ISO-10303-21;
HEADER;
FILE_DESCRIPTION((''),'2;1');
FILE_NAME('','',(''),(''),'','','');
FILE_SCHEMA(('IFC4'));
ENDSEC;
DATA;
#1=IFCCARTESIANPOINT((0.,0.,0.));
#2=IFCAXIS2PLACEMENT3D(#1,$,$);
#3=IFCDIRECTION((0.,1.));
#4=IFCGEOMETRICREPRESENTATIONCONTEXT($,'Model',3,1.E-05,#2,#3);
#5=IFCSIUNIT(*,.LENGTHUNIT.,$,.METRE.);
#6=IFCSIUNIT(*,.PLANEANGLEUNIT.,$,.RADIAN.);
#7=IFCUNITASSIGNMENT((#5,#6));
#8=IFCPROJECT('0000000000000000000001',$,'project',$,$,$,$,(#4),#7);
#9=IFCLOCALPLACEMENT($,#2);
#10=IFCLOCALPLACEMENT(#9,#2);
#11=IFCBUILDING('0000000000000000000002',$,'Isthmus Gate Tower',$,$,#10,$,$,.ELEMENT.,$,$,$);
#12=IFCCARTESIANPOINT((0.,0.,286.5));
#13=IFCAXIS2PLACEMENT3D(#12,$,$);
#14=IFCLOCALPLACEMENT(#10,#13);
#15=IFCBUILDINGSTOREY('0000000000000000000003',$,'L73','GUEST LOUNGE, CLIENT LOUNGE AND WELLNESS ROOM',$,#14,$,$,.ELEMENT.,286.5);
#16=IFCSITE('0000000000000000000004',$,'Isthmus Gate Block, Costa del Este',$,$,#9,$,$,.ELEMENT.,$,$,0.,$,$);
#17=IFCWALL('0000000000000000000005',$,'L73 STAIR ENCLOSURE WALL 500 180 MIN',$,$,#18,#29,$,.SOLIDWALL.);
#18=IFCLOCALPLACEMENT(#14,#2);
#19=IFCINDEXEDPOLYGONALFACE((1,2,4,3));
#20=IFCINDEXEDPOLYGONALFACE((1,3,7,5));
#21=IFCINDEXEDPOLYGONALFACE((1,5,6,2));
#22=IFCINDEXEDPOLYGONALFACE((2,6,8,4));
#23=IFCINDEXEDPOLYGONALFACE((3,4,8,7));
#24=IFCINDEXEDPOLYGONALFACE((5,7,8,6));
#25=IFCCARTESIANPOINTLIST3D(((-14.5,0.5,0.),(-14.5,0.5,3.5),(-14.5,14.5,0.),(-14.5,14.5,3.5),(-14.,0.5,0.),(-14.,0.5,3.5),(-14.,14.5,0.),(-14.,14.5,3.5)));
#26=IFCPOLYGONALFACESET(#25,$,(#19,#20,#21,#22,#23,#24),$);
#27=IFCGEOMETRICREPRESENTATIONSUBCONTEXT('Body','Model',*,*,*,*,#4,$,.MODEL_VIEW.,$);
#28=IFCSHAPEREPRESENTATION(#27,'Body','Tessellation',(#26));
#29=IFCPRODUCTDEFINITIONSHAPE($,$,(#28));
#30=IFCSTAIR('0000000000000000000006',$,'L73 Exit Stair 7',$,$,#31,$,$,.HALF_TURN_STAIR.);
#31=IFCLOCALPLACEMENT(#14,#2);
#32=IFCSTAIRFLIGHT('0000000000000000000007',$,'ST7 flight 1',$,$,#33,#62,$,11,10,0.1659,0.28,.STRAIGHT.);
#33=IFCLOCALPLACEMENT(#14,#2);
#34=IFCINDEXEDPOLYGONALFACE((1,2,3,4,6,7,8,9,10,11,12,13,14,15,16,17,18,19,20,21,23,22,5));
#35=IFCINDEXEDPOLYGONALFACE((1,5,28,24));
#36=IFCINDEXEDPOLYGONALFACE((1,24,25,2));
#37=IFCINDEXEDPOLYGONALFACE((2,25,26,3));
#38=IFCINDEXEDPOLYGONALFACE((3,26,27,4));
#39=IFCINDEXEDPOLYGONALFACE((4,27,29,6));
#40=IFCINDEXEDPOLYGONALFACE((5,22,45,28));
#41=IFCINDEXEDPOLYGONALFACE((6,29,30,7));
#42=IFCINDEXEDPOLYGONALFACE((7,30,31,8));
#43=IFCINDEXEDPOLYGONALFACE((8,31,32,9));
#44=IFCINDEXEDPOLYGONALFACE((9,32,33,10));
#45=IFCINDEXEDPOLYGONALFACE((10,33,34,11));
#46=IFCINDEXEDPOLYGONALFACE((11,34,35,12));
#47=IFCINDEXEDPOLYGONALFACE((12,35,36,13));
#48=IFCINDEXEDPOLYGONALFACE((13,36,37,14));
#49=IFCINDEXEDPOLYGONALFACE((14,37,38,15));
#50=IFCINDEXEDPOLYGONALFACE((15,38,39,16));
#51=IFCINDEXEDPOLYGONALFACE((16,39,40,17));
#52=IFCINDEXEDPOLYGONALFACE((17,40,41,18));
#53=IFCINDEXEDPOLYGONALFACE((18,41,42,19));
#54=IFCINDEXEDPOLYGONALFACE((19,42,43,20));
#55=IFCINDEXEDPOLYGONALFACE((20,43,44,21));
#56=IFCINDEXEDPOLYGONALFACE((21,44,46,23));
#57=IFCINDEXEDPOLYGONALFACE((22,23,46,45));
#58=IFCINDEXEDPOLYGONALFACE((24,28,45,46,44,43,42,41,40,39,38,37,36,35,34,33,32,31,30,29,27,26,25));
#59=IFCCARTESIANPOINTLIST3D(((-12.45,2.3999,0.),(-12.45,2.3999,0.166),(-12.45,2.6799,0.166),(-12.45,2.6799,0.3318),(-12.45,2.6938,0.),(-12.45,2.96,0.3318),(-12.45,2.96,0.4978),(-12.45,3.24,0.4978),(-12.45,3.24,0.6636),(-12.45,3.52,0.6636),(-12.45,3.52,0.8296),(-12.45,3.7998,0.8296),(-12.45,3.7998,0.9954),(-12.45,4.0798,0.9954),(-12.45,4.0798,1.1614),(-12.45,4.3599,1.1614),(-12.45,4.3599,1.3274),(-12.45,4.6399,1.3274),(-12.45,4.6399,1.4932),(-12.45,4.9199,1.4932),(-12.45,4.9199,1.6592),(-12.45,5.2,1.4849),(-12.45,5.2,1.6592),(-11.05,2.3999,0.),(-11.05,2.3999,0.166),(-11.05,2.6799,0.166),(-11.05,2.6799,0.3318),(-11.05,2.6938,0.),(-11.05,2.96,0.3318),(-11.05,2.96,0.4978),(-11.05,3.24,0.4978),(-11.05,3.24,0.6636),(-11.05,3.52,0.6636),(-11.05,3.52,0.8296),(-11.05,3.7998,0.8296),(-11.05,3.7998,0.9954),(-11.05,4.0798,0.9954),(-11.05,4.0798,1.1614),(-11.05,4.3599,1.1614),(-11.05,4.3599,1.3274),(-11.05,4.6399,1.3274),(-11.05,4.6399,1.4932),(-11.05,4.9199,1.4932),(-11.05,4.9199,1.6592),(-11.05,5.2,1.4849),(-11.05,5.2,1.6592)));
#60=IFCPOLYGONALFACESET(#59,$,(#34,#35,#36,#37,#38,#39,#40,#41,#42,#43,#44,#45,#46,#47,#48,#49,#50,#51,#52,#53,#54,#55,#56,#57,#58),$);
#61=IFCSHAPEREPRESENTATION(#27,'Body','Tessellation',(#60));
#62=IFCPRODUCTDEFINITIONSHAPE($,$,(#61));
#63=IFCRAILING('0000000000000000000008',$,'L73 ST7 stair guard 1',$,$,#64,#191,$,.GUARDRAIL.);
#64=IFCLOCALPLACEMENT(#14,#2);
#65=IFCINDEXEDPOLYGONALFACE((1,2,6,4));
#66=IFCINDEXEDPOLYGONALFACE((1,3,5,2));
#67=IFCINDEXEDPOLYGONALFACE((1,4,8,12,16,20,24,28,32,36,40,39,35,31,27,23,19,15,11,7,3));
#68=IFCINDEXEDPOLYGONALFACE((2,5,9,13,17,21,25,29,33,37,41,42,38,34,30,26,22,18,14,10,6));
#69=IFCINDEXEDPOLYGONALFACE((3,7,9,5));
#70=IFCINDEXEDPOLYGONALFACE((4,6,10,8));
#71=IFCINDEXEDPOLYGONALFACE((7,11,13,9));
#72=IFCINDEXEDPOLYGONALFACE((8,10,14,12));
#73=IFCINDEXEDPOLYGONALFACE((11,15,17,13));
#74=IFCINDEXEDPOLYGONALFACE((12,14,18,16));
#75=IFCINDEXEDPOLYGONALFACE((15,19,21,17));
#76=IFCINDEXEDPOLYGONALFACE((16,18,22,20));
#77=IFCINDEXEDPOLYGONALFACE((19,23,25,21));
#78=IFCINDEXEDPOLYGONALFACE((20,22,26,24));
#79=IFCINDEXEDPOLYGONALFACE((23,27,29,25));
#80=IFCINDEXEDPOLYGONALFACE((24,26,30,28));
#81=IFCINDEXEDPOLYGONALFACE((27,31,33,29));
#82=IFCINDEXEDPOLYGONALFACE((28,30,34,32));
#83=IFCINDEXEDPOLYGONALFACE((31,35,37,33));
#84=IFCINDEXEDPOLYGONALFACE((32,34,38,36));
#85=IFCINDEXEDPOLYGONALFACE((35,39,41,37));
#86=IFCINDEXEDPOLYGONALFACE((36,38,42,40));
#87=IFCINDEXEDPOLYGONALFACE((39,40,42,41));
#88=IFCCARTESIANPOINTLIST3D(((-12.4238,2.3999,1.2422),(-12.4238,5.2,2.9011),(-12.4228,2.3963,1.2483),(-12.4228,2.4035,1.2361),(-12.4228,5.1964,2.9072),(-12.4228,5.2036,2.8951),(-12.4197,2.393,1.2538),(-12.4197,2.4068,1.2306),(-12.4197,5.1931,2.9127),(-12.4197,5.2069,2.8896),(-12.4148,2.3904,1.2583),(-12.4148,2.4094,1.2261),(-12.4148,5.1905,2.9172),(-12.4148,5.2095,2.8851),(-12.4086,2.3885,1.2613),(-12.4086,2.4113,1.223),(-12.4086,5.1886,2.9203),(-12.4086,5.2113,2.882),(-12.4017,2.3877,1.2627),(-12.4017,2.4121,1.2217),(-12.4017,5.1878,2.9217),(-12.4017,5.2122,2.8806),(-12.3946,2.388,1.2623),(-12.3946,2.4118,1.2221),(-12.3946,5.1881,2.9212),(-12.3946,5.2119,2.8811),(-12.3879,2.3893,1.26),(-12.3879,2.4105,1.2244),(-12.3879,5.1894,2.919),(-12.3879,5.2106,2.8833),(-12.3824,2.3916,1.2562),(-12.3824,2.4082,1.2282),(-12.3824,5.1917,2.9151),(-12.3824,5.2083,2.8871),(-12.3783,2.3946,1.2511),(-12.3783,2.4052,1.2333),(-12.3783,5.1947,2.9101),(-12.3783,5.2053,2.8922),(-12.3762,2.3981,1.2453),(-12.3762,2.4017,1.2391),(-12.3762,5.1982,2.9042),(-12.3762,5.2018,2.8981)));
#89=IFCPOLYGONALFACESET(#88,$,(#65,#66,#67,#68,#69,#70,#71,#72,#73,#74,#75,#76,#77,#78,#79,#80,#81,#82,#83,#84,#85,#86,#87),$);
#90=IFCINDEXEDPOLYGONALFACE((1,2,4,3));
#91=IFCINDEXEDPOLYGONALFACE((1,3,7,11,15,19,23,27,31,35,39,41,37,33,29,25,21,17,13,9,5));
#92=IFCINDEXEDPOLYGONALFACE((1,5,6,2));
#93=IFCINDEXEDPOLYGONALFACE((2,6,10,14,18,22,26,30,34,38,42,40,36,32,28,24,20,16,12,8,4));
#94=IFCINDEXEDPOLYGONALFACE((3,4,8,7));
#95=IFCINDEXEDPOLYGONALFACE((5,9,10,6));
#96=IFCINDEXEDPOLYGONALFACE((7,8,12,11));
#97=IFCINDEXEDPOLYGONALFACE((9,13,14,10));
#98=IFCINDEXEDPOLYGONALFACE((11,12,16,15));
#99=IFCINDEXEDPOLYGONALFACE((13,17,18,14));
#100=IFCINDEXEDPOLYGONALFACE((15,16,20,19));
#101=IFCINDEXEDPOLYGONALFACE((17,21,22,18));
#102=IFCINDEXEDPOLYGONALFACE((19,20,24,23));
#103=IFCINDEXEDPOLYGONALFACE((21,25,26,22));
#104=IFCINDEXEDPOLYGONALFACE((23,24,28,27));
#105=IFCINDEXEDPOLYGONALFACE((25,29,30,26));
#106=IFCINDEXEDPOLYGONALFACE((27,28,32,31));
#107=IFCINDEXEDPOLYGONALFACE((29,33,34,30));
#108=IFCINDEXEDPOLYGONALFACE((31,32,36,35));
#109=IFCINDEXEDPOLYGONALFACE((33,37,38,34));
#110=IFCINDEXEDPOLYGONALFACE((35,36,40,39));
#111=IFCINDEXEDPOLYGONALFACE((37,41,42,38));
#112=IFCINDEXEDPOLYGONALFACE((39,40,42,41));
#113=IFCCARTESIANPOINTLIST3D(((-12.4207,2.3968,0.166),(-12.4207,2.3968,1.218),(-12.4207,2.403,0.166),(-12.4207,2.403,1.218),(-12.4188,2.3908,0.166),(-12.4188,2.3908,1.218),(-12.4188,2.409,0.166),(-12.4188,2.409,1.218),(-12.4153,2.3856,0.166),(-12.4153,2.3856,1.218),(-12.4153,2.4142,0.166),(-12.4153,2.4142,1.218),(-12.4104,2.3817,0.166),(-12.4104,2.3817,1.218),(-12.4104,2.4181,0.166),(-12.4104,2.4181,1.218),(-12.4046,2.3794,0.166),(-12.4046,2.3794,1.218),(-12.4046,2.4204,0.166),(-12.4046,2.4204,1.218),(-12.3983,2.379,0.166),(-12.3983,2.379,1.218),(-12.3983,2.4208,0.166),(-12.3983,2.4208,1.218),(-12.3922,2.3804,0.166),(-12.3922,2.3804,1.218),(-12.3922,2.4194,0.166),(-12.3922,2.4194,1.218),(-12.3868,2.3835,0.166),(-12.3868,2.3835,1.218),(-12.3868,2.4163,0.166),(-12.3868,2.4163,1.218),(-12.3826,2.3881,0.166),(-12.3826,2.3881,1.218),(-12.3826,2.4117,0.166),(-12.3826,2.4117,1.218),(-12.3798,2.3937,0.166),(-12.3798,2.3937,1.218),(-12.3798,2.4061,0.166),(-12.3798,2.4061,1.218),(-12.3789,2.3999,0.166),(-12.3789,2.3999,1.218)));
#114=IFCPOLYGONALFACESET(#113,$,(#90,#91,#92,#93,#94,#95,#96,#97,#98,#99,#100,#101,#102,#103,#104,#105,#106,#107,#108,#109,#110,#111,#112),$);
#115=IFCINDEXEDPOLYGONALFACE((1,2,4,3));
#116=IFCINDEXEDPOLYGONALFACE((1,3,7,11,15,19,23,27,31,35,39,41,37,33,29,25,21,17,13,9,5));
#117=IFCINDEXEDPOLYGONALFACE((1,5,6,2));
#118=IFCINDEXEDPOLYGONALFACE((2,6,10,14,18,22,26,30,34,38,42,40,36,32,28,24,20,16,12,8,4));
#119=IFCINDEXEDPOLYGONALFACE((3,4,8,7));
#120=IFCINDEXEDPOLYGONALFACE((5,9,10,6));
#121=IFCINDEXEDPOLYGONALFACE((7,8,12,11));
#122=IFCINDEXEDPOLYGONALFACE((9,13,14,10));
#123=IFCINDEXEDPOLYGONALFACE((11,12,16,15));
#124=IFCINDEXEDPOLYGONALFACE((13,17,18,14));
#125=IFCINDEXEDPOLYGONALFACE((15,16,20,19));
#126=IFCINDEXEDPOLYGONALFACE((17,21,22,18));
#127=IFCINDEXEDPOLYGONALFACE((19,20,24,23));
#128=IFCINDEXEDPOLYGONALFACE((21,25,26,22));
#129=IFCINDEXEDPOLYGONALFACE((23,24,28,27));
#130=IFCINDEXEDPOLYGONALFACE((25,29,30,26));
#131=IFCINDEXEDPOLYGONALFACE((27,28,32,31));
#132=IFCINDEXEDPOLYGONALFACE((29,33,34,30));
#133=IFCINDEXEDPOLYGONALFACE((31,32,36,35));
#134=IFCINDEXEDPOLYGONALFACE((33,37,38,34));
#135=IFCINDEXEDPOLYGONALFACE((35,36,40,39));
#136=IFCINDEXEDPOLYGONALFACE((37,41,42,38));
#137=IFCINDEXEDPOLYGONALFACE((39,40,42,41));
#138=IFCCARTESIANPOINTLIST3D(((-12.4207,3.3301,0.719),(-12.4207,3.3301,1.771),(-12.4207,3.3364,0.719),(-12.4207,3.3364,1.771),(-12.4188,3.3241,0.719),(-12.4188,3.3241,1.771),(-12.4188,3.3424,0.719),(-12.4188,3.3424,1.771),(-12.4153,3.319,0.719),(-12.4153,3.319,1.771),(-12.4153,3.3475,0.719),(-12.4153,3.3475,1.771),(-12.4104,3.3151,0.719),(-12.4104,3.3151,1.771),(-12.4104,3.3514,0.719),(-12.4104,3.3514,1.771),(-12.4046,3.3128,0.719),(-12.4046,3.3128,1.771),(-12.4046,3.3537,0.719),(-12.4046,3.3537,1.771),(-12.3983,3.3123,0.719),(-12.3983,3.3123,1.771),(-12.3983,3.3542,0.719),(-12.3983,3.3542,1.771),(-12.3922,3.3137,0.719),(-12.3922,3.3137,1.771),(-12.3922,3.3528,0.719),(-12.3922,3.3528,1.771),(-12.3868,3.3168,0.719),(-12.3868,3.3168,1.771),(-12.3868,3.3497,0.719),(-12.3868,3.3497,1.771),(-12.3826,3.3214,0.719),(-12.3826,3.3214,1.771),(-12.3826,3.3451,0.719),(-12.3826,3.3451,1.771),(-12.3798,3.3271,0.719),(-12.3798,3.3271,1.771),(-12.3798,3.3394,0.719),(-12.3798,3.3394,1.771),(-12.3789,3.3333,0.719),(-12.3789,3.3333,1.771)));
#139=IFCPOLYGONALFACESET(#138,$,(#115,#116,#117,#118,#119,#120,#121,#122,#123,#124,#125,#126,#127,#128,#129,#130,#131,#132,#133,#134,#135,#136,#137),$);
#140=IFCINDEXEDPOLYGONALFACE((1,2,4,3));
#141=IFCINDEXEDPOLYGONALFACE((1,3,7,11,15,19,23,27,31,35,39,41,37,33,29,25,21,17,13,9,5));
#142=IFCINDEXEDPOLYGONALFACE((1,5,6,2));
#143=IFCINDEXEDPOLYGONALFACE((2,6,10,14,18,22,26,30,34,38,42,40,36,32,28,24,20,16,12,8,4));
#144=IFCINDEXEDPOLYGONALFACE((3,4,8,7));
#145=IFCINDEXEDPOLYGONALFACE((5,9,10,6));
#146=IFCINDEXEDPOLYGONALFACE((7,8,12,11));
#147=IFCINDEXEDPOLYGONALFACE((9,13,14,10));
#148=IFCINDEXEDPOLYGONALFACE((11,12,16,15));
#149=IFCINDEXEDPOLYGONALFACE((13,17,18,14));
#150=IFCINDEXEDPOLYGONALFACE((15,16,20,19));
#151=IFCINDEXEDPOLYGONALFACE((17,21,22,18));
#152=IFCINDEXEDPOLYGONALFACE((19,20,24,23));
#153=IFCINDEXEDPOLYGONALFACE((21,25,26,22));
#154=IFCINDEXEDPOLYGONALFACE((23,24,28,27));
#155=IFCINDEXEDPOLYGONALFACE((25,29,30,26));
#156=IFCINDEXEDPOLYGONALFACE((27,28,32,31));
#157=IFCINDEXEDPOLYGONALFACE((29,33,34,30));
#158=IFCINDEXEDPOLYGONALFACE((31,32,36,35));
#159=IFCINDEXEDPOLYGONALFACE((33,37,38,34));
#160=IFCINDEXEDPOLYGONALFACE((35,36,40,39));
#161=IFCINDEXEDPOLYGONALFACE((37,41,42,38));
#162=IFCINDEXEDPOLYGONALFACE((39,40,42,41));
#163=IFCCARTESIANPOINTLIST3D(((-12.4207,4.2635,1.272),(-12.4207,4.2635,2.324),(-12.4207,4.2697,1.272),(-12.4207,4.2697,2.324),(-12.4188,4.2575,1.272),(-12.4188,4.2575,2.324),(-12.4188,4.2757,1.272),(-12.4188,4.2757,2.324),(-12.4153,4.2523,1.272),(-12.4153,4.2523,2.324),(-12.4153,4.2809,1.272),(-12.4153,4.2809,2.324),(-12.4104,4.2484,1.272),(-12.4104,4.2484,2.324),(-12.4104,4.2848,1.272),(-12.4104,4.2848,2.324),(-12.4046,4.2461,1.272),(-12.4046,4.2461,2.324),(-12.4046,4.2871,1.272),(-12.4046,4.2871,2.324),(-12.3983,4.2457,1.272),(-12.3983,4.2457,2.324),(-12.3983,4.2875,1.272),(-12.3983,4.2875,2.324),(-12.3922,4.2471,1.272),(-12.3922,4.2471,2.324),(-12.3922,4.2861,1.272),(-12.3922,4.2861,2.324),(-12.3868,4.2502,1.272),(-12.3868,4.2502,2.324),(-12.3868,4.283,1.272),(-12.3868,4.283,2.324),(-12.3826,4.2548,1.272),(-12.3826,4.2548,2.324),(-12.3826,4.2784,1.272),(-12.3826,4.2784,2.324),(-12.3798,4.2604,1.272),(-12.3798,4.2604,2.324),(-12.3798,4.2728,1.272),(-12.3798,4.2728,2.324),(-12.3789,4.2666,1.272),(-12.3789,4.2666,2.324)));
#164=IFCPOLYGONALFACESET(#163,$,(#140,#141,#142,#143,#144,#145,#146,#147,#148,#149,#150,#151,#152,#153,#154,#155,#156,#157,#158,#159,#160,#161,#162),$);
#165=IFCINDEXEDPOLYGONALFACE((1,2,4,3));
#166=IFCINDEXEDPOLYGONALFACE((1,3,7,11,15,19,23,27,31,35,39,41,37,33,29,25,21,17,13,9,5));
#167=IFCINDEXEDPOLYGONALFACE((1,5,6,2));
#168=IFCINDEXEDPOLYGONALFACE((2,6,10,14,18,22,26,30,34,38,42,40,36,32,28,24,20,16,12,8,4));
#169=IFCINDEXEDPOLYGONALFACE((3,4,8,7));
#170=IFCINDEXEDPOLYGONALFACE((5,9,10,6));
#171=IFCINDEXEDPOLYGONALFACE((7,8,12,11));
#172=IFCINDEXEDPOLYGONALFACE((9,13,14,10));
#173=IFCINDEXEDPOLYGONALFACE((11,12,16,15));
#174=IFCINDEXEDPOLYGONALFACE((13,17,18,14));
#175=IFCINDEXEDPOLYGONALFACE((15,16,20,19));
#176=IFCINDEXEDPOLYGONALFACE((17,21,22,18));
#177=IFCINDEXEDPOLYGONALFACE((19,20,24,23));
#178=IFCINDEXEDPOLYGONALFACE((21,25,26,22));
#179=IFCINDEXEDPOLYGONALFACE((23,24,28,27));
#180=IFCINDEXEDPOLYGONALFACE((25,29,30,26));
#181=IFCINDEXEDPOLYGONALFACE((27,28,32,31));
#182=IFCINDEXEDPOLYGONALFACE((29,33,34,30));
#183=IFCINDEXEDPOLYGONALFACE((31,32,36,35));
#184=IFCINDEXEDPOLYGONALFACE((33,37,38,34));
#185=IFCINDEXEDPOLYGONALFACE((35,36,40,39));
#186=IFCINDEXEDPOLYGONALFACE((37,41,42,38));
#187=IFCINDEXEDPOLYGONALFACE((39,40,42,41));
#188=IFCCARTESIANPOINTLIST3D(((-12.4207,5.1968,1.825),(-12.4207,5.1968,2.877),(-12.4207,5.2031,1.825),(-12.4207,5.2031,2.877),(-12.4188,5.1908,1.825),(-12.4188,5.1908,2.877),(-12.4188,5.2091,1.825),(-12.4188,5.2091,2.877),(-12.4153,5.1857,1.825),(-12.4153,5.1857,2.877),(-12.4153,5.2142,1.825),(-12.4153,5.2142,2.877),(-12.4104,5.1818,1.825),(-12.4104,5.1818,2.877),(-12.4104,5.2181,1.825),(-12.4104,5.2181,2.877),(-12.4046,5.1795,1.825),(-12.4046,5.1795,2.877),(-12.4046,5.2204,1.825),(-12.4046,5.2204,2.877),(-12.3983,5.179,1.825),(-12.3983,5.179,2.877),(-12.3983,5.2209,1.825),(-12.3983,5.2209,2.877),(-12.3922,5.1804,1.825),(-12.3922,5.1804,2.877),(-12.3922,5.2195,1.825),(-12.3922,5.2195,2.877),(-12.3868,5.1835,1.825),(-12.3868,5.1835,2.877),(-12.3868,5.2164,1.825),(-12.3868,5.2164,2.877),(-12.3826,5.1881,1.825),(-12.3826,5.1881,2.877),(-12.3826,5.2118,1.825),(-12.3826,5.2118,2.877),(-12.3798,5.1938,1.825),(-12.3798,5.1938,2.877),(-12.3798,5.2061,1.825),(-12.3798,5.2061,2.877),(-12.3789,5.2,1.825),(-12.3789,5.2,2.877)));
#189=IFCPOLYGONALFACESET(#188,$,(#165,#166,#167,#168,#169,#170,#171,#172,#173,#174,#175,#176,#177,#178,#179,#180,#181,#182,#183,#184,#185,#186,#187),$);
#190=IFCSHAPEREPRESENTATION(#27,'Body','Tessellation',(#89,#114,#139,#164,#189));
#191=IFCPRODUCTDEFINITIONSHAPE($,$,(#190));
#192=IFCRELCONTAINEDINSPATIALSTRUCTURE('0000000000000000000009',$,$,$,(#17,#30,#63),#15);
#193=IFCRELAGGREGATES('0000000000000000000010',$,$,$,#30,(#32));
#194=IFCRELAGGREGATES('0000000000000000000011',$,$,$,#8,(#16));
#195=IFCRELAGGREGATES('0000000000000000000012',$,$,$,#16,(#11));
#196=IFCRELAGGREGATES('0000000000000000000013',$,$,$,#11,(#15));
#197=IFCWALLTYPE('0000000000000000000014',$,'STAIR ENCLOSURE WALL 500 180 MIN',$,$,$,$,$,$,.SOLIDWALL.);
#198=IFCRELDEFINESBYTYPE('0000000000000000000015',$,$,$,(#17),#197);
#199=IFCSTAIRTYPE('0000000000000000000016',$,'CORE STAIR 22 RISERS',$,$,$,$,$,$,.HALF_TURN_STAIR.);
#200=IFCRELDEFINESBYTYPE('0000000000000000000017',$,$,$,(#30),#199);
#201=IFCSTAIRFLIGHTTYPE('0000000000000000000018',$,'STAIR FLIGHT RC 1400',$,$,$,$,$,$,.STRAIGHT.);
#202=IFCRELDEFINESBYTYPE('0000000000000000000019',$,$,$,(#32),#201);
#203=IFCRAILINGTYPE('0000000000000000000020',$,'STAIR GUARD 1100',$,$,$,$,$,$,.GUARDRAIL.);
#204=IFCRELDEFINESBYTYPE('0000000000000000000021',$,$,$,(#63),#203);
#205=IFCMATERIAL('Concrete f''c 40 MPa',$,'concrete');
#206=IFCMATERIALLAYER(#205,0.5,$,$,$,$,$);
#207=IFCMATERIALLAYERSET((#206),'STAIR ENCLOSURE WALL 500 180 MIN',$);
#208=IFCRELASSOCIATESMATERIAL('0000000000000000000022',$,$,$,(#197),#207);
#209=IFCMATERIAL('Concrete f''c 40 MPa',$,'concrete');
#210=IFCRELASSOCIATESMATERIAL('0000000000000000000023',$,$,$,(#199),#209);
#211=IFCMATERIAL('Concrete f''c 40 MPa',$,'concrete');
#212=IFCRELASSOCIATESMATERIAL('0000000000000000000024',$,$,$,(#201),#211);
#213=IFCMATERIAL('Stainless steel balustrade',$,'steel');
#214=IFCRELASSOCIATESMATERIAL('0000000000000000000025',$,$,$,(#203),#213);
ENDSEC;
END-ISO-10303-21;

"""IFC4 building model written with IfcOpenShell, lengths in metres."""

from ifc_helpers import new_model, si_unit, direction, frame, frame_2d, origin, origin_2d, place, context, subcontext, project, spatial, polyline, rectangle, circle, outline, extrude, material, layer, layer_set, type_object, element, aggregate, save


model = new_model("IFC4")

# Units and contexts
model_context = context("Model", 3, precision=1e-05, world=origin(), true_north=direction((0.0, 1.0)))
body_context = subcontext(model_context, "Body", "Model", "MODEL_VIEW")
ifc_project = project(units=[si_unit("LENGTHUNIT", "METRE"), si_unit("PLANEANGLEUNIT", "RADIAN")], contexts=[model_context])

# Site, building, storey
site_placement = place(None, origin())
site = spatial("IfcSite", under=ifc_project, at=site_placement, Name="Isthmus Gate Block, Costa del Este", CompositionType="ELEMENT", RefElevation=0.0)
building_placement = place(site_placement, origin())
building = spatial("IfcBuilding", under=site, at=building_placement, Name="Isthmus Gate Tower", CompositionType="ELEMENT")
storey_placement = place(building_placement, frame((0.0, 0.0, 286.5)))
storey = spatial("IfcBuildingStorey", under=building, at=storey_placement, Name="L73", Description="GUEST LOUNGE, CLIENT LOUNGE AND WELLNESS ROOM", CompositionType="ELEMENT", Elevation=286.5)

# Wall
ifc_material_1 = material(Name="Concrete f'c 40 MPa", Category="concrete")
ifc_layer_1 = layer(ifc_material_1, 0.5)
ifc_layer_set_1 = layer_set([ifc_layer_1], Name="STAIR ENCLOSURE WALL 500 180 MIN")
wall_type_1 = type_object("IfcWallType", Name="STAIR ENCLOSURE WALL 500 180 MIN", PredefinedType="SOLIDWALL", material=ifc_layer_set_1)
wall_1_placement = place(storey_placement, frame((-14.25, 0.5, 0.0), z_axis=(0.0, 0.0, 1.0), x_axis=(0.0, 1.0, 0.0)))
element("IfcWall", 1, at=wall_1_placement, inside=storey, type_object=wall_type_1, Name="L73 STAIR ENCLOSURE WALL 500 180 MIN", PredefinedType="SOLIDWALL", context=body_context, shape_type="SweptSolid", body=[
    extrude(rectangle(XDim=14.0, YDim=0.5, at=frame_2d((7.0, 0.0))), origin(), (0.0, 0.0, 1.0), 3.5),
])

# Stair, stair flight
ifc_material_2 = material(Name="Concrete f'c 40 MPa", Category="concrete")
stair_type = type_object("IfcStairType", Name="CORE STAIR 22 RISERS", PredefinedType="HALF_TURN_STAIR", material=ifc_material_2)
stair_placement = place(storey_placement, origin())
stair = element("IfcStair", 2, at=stair_placement, inside=storey, type_object=stair_type, Name="L73 Exit Stair 7", PredefinedType="HALF_TURN_STAIR")
ifc_material_3 = material(Name="Concrete f'c 40 MPa", Category="concrete")
stair_flight_type = type_object("IfcStairFlightType", Name="STAIR FLIGHT RC 1400", PredefinedType="STRAIGHT", material=ifc_material_3)
stair_flight_placement = place(storey_placement, frame((-11.75, 2.3999, 0.0), z_axis=(0.0, 0.0, 1.0), x_axis=(0.0, 1.0, 0.0)))
stair_flight = element("IfcStairFlight", 3, at=stair_flight_placement, type_object=stair_flight_type, Name="ST7 flight 1", NumberOfRisers=11, NumberOfTreads=10, PredefinedType="STRAIGHT", RiserHeight=0.1659, TreadLength=0.28, context=body_context, shape_type="SweptSolid", body=[
    extrude(outline(polyline([(0.0, 0.0), (0.0, 0.166), (0.28, 0.166), (0.28, 0.3318), (0.5601, 0.3318), (0.5601, 0.4978), (0.8401, 0.4978), (0.8401, 0.6636), (1.1201, 0.6636), (1.1201, 0.8296), (1.3999, 0.8296), (1.3999, 0.9954), (1.6799, 0.9954), (1.6799, 1.1614), (1.96, 1.1614), (1.96, 1.3274), (2.24, 1.3274), (2.24, 1.4932), (2.52, 1.4932), (2.52, 1.6592), (2.8, 1.6592), (2.8, 1.825), (2.8, 1.4849), (0.2939, 0.0), (0.0, 0.0)])), frame((0.0, 0.7, 0.0), z_axis=(0.0, -1.0, 0.0), x_axis=(1.0, 0.0, 0.0)), (0.0, 0.0, 1.0), 1.3999),
])
aggregate(stair, [stair_flight])

# Railing
ifc_material_4 = material(Name="Stainless steel balustrade", Category="steel")
railing_type_1 = type_object("IfcRailingType", Name="STAIR GUARD 1100", PredefinedType="GUARDRAIL", material=ifc_material_4)
railing_1_placement = place(storey_placement, frame((-12.3999, 2.3999, 0.166)))
element("IfcRailing", 4, at=railing_1_placement, inside=storey, type_object=railing_type_1, Name="L73 ST7 stair guard 1", PredefinedType="GUARDRAIL", context=body_context, shape_type="SweptSolid", body=[
    extrude(circle(Radius=0.0239, at=origin_2d()), frame((0.0, 0.0, 1.0762), z_axis=(0.0, 0.860339, 0.509722), x_axis=(-1.0, 0.0, 0.0)), (0.0, 0.0, 1.0), 3.2546),
    extrude(circle(Radius=0.021, at=origin_2d()), origin(), (0.0, 0.0, 1.0), 1.052),
    extrude(circle(Radius=0.021, at=origin_2d()), frame((0.0, 0.9333, 0.553)), (0.0, 0.0, 1.0), 1.052),
    extrude(circle(Radius=0.021, at=origin_2d()), frame((0.0, 1.8667, 1.106)), (0.0, 0.0, 1.0), 1.052),
    extrude(circle(Radius=0.021, at=origin_2d()), frame((0.0, 2.8, 1.6589)), (0.0, 0.0, 1.0), 1.052),
])

save(model, "model.ifc")
